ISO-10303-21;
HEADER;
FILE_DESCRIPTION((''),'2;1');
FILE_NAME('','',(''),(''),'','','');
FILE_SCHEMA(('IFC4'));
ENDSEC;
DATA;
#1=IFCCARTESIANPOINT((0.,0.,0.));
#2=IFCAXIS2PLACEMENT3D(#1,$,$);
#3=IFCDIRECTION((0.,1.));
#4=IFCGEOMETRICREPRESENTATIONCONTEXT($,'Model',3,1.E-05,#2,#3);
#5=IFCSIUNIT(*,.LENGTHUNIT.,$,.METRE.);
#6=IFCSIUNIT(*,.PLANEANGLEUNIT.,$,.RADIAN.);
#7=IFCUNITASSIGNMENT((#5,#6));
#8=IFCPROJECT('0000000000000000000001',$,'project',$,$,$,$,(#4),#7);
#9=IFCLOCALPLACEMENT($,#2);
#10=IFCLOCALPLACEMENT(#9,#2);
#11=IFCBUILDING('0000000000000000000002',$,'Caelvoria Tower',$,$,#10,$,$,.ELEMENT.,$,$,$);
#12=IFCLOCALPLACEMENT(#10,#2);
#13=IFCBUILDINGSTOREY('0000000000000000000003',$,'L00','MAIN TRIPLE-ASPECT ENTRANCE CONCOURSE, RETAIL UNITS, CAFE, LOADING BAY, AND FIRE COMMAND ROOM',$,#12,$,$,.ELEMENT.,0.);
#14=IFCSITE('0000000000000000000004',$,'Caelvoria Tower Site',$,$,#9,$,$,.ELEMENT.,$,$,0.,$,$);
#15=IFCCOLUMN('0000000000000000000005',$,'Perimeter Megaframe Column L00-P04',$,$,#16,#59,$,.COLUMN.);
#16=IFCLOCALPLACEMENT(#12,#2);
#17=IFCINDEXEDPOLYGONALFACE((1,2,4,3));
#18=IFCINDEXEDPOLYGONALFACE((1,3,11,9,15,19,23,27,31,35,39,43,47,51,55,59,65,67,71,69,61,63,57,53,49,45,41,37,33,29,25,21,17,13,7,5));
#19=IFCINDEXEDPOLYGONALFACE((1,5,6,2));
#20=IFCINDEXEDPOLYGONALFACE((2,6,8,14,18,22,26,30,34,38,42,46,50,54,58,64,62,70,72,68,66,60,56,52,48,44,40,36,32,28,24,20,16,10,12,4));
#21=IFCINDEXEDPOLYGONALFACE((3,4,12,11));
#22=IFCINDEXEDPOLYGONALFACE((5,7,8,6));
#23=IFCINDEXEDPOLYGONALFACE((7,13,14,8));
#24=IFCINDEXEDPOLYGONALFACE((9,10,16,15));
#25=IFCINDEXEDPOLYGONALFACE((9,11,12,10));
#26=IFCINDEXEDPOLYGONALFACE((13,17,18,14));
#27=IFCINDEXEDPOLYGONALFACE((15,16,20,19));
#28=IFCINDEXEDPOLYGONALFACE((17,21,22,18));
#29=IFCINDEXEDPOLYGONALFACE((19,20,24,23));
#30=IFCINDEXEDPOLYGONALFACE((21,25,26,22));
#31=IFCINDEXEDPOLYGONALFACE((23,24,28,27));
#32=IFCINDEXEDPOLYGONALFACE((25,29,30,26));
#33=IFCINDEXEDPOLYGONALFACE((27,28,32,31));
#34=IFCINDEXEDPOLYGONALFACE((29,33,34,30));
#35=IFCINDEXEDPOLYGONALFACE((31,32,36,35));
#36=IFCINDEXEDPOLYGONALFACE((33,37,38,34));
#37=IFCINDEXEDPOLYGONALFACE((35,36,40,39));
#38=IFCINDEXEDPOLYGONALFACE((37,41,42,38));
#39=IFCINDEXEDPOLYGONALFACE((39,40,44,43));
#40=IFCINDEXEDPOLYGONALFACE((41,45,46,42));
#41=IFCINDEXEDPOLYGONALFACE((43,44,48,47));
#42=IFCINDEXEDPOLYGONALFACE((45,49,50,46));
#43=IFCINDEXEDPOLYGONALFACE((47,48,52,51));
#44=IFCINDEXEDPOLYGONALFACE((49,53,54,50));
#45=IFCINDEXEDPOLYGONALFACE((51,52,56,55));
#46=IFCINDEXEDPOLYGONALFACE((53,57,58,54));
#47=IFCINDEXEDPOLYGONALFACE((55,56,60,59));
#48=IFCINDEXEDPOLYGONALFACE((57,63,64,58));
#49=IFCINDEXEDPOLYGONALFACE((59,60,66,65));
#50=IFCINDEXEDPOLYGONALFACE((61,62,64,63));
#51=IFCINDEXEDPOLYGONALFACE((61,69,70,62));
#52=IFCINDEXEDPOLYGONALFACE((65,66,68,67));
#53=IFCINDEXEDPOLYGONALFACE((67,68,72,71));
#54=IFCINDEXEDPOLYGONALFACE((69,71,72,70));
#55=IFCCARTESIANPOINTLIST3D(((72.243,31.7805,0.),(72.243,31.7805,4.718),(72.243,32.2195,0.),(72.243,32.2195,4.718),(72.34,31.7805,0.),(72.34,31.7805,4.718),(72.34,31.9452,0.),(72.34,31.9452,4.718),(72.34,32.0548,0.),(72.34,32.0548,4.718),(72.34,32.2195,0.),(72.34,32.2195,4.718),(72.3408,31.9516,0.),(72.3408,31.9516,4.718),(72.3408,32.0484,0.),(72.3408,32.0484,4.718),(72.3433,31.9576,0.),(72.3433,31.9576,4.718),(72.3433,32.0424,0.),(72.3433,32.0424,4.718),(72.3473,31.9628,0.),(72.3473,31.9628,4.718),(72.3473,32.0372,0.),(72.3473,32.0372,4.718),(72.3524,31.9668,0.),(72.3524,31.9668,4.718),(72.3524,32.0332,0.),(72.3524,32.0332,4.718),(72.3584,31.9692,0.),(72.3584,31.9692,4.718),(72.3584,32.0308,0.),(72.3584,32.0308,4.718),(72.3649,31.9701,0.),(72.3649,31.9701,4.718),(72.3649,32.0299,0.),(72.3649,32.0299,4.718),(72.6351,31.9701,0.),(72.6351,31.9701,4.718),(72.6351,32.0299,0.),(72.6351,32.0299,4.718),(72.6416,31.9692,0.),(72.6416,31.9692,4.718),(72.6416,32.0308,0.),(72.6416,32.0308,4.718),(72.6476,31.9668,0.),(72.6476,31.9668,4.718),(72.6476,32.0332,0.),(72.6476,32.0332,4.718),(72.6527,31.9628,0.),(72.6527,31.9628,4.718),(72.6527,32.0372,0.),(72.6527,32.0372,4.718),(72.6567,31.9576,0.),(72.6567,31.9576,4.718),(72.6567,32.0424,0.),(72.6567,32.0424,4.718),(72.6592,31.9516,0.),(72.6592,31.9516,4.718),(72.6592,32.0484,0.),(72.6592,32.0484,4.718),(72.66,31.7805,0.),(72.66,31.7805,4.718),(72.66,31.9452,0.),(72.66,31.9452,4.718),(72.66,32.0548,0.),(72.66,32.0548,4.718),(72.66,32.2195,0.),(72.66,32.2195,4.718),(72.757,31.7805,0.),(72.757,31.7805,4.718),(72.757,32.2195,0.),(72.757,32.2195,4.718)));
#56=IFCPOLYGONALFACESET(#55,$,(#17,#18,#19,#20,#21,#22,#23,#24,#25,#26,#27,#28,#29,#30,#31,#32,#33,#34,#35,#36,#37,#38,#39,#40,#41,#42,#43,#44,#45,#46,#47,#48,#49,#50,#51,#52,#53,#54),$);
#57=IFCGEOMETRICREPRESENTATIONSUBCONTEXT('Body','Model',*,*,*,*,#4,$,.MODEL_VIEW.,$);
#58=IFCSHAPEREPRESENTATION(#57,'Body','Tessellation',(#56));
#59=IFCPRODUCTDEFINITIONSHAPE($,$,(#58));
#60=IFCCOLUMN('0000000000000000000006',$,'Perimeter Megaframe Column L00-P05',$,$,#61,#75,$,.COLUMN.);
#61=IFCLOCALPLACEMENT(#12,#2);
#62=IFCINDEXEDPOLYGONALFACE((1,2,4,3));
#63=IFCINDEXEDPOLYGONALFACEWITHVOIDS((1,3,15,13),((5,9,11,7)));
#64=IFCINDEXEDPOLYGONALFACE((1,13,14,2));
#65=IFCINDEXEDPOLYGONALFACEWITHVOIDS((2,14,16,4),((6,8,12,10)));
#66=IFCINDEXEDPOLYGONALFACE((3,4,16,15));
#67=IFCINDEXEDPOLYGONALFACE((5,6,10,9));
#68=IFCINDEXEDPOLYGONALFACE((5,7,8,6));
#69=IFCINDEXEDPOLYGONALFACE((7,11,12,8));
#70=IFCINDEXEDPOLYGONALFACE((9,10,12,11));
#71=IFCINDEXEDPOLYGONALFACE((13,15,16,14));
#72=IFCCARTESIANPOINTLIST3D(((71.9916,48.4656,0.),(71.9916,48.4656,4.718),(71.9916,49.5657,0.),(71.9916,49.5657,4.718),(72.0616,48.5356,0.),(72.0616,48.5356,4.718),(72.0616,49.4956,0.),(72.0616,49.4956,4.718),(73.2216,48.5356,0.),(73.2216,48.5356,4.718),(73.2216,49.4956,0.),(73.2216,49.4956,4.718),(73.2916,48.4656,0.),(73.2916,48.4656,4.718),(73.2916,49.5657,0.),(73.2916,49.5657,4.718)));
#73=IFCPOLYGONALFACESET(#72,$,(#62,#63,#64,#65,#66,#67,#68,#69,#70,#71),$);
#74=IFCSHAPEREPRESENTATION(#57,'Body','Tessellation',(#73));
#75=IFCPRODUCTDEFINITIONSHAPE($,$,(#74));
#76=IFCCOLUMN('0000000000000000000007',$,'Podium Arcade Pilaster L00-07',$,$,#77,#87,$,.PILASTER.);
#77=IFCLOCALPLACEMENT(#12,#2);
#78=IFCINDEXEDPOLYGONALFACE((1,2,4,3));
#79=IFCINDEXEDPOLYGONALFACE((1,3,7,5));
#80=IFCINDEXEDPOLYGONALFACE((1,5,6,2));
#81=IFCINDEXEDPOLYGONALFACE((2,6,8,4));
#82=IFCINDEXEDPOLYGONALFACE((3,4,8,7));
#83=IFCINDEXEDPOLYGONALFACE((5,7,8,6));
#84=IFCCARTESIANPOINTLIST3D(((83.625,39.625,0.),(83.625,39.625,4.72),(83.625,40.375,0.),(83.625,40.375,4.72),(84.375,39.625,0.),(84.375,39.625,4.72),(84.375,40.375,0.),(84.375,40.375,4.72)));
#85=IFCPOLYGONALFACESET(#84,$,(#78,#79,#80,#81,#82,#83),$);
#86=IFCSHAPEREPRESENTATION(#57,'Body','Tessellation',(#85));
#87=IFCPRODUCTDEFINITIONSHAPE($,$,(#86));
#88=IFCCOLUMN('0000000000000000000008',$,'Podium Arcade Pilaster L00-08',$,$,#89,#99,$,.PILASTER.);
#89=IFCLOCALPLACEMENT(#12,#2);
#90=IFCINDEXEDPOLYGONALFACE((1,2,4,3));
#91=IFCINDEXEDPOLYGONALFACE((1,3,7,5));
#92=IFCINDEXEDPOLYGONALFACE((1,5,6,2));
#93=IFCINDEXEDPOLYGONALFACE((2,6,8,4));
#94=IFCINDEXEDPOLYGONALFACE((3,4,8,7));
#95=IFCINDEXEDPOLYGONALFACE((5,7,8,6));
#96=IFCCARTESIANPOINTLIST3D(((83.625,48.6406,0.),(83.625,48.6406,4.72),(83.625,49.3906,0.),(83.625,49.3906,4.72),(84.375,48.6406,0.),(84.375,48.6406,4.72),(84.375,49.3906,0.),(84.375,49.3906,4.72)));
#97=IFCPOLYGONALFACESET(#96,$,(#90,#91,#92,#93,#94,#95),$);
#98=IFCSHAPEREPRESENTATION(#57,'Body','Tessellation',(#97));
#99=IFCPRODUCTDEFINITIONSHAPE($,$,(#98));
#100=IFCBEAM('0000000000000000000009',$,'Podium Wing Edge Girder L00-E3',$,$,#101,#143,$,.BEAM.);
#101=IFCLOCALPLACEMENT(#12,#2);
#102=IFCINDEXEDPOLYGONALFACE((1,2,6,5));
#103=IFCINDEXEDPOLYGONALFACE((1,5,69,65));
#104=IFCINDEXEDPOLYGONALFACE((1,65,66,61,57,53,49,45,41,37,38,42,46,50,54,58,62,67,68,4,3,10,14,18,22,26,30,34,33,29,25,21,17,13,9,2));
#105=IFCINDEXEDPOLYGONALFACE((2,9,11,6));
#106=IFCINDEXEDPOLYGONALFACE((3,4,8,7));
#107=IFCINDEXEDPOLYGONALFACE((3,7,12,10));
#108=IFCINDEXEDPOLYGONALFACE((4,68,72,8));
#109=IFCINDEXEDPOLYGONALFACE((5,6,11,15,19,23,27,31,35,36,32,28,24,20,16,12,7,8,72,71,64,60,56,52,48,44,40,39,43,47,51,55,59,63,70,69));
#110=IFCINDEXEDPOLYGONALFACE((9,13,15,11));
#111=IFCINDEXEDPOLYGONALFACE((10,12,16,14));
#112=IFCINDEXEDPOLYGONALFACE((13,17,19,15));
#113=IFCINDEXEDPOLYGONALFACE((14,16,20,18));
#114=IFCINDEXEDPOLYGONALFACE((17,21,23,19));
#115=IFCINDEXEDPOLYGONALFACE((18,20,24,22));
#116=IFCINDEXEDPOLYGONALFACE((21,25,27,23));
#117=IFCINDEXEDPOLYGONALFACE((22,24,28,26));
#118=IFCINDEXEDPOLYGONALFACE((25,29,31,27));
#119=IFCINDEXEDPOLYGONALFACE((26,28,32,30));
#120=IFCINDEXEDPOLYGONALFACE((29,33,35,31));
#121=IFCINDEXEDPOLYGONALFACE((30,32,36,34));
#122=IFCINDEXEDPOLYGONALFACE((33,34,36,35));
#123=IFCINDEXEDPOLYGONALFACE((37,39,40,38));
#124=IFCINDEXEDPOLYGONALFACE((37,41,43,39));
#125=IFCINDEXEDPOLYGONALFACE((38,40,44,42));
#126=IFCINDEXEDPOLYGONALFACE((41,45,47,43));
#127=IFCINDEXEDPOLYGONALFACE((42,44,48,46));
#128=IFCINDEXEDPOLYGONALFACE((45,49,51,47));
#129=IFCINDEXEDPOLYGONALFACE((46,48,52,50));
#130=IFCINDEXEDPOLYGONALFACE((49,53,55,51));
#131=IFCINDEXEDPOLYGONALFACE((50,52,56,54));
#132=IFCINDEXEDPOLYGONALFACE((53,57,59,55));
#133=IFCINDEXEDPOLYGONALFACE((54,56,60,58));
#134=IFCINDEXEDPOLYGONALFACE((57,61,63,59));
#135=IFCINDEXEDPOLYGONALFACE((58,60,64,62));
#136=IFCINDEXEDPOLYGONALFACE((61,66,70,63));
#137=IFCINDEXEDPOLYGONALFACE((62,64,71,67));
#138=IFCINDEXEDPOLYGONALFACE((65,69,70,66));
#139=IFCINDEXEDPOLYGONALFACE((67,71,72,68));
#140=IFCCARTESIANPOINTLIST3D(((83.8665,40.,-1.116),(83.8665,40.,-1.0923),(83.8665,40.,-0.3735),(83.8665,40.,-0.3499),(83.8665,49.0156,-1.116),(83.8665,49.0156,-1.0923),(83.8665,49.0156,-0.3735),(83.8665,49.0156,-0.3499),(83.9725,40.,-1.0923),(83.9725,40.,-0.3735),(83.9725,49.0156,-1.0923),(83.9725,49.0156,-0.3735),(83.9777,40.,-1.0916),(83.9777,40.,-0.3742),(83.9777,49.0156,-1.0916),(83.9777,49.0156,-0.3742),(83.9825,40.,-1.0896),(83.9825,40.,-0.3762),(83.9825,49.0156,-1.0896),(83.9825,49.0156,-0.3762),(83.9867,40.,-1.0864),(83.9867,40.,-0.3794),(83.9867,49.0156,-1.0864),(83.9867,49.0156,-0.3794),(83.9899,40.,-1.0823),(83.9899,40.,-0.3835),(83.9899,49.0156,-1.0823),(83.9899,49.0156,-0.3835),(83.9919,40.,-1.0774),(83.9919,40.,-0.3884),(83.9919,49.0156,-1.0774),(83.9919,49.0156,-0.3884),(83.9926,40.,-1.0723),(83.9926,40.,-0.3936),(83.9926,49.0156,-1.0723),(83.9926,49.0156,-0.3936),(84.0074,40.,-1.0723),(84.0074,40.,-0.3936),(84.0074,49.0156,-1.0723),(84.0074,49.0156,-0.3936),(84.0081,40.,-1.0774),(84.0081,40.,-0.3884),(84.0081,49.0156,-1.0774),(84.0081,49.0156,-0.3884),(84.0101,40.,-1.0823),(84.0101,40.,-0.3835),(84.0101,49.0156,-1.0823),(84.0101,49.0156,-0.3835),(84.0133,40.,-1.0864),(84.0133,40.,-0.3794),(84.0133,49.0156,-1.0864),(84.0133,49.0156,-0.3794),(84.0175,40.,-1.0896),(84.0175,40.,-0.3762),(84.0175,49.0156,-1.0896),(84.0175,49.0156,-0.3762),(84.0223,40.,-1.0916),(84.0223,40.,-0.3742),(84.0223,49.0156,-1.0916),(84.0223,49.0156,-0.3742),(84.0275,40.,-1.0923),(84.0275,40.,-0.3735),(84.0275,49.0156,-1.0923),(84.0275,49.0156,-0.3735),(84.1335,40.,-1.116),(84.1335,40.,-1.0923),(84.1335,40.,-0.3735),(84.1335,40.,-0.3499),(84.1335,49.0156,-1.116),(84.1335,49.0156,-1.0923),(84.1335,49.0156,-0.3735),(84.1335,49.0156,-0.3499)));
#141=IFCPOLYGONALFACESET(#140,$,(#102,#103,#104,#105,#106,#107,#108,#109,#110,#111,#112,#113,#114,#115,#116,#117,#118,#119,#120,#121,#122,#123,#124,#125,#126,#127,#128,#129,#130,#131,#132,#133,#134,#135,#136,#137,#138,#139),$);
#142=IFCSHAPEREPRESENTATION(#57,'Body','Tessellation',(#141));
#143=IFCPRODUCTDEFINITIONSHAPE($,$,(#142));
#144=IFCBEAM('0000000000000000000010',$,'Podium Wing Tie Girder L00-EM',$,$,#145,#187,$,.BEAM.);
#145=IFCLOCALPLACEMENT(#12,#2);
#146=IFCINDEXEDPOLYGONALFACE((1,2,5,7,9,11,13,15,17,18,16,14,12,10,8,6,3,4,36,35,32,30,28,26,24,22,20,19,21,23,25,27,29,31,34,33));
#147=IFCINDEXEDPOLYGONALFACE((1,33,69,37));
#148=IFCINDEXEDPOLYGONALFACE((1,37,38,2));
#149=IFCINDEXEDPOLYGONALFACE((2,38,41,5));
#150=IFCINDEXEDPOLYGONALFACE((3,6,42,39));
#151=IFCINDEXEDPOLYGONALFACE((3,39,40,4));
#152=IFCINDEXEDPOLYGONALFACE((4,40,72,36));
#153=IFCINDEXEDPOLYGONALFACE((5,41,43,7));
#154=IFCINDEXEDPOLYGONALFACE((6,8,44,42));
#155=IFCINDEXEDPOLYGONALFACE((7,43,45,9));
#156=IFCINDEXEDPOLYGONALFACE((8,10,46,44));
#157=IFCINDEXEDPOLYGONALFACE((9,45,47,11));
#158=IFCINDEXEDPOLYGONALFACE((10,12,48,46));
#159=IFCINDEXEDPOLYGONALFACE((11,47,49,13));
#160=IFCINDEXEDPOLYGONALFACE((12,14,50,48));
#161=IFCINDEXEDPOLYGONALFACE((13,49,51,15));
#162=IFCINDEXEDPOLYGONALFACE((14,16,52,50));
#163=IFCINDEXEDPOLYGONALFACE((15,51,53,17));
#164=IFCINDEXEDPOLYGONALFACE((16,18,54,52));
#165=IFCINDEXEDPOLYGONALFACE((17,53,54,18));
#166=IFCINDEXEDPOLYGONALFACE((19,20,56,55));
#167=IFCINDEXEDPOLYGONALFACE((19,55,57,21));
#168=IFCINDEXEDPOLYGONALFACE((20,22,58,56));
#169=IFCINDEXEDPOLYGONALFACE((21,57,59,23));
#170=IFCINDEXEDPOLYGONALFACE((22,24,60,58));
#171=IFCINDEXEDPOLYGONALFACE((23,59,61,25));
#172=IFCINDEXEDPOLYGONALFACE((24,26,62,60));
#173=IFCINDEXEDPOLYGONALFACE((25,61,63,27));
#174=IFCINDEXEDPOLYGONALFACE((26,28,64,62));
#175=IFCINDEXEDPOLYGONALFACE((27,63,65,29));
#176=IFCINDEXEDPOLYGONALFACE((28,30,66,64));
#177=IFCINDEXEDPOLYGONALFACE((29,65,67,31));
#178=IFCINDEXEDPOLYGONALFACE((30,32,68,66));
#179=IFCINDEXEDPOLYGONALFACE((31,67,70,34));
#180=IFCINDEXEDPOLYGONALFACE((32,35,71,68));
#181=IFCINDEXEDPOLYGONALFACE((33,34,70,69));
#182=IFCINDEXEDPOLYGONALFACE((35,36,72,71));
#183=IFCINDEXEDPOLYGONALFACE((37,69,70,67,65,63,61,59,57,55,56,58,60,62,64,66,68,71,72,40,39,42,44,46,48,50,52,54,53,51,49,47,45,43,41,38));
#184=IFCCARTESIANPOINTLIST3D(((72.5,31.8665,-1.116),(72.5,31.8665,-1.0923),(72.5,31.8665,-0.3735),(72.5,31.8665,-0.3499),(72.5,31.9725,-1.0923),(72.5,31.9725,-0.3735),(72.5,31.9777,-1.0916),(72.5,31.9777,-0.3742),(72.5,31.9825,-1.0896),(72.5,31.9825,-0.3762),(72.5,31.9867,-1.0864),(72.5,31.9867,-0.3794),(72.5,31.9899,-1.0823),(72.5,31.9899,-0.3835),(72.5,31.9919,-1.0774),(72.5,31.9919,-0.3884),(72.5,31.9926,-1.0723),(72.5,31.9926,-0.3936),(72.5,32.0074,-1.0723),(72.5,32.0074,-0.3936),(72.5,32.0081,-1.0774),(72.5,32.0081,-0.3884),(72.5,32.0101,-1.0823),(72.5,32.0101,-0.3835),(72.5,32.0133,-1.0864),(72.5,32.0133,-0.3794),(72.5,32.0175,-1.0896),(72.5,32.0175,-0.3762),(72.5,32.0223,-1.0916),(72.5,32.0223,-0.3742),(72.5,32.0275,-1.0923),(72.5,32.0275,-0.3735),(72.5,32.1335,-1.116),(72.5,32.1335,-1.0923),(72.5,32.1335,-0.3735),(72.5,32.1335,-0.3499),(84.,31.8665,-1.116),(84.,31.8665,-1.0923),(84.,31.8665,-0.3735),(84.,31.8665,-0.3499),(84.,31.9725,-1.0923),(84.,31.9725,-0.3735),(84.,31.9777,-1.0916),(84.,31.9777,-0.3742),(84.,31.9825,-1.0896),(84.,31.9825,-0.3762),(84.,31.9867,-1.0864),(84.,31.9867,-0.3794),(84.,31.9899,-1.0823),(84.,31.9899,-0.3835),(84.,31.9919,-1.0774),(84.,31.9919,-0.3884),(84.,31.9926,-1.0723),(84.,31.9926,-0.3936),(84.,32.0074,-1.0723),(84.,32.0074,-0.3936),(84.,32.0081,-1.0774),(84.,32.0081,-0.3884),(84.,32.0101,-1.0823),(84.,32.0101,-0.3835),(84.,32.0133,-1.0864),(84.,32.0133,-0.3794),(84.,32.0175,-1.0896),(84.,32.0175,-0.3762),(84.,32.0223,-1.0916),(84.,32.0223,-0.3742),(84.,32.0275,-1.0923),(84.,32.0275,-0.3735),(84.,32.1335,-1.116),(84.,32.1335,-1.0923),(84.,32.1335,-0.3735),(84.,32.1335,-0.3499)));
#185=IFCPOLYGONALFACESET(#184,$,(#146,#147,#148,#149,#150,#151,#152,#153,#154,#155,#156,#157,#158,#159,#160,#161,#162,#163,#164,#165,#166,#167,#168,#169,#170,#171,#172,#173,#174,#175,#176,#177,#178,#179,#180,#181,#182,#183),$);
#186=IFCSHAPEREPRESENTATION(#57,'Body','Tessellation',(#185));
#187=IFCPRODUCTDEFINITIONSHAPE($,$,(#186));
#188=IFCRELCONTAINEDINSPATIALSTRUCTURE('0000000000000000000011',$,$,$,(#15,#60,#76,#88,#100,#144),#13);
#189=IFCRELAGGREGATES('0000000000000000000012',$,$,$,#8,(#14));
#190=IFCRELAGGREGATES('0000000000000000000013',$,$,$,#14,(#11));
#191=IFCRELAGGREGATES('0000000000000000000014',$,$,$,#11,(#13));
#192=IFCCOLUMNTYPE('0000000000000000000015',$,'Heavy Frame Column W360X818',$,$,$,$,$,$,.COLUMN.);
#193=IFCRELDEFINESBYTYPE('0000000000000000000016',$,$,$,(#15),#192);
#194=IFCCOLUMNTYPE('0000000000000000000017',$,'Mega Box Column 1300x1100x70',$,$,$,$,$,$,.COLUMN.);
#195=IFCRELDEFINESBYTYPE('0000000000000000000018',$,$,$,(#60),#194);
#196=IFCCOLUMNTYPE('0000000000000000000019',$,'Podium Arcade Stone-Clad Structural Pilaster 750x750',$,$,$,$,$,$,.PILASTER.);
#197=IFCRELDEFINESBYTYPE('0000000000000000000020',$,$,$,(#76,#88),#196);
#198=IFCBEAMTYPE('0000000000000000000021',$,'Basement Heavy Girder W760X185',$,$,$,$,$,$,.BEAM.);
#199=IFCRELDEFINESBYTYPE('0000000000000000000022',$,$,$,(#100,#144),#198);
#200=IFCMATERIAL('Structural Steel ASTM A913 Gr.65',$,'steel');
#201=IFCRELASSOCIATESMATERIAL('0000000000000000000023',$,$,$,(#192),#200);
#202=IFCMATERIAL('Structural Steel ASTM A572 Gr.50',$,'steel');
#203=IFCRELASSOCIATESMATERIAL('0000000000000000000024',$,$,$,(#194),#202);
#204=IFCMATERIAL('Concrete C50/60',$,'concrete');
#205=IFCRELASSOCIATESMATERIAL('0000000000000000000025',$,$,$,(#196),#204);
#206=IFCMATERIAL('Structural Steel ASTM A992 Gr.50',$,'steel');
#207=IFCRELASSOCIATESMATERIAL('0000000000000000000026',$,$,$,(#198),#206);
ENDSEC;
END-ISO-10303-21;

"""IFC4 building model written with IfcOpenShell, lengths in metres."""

from ifc_helpers import new_model, si_unit, direction, frame, origin, origin_2d, place, context, subcontext, project, spatial, rectangle, hollow_rectangle, i_section, extrude, material, material_profile, profile_set, type_object, element, save


model = new_model("IFC4")

# Units and contexts
model_context = context("Model", 3, precision=1e-05, world=origin(), true_north=direction((0.0, 1.0)))
body_context = subcontext(model_context, "Body", "Model", "MODEL_VIEW")
ifc_project = project(units=[si_unit("LENGTHUNIT", "METRE"), si_unit("PLANEANGLEUNIT", "RADIAN")], contexts=[model_context])

# Site, building, storey
site_placement = place(None, origin())
site = spatial("IfcSite", under=ifc_project, at=site_placement, Name="Caelvoria Tower Site", CompositionType="ELEMENT", RefElevation=0.0)
building_placement = place(site_placement, origin())
building = spatial("IfcBuilding", under=site, at=building_placement, Name="Caelvoria Tower", CompositionType="ELEMENT")
storey_placement = place(building_placement, origin())
storey = spatial("IfcBuildingStorey", under=building, at=storey_placement, Name="L00", Description="MAIN TRIPLE-ASPECT ENTRANCE CONCOURSE, RETAIL UNITS, CAFE, LOADING BAY, AND FIRE COMMAND ROOM", CompositionType="ELEMENT", Elevation=0.0)

# Columns
ifc_material_1 = material(Name="Structural Steel ASTM A913 Gr.65", Category="steel")
ifc_material_profile_1 = material_profile(ifc_material_1, i_section(OverallWidth=0.439, OverallDepth=0.5139, WebThickness=0.0598, FlangeThickness=0.0969, FilletRadius=0.0249, at=origin_2d()), Name="Structural Steel ASTM A913 Gr.65")
ifc_profile_set_1 = profile_set([ifc_material_profile_1], Name="W360X818 - Structural Steel ASTM A913 Gr.65")
column_type_1 = type_object("IfcColumnType", Name="Heavy Frame Column W360X818", PredefinedType="COLUMN", material=ifc_profile_set_1)
column_1_placement = place(storey_placement, frame((72.5, 32.0, 0.0), z_axis=(0.0, 0.0, 1.0), x_axis=(0.0, 1.0, 0.0)))
element("IfcColumn", 1, at=column_1_placement, inside=storey, type_object=column_type_1, Name="Perimeter Megaframe Column L00-P04", PredefinedType="COLUMN", context=body_context, shape_type="SweptSolid", body=[
    extrude(i_section(OverallWidth=0.439, OverallDepth=0.5139, WebThickness=0.0598, FlangeThickness=0.0969, FilletRadius=0.0249, at=origin_2d()), origin(), (0.0, 0.0, 1.0), 4.718),
])
ifc_material_2 = material(Name="Structural Steel ASTM A572 Gr.50", Category="steel")
ifc_material_profile_2 = material_profile(ifc_material_2, hollow_rectangle(XDim=1.1001, YDim=1.3, WallThickness=0.0701, at=origin_2d()), Name="Structural Steel ASTM A572 Gr.50")
ifc_profile_set_2 = profile_set([ifc_material_profile_2], Name="BOX1300X1100X70 - Structural Steel ASTM A572 Gr.50")
column_type_2 = type_object("IfcColumnType", Name="Mega Box Column 1300x1100x70", PredefinedType="COLUMN", material=ifc_profile_set_2)
column_2_placement = place(storey_placement, frame((72.6416, 49.0156, 0.0), z_axis=(0.0, 0.0, 1.0), x_axis=(0.0, 1.0, 0.0)))
element("IfcColumn", 2, at=column_2_placement, inside=storey, type_object=column_type_2, Name="Perimeter Megaframe Column L00-P05", PredefinedType="COLUMN", context=body_context, shape_type="SweptSolid", body=[
    extrude(hollow_rectangle(XDim=1.1001, YDim=1.3, WallThickness=0.0701, at=origin_2d()), origin(), (0.0, 0.0, 1.0), 4.718),
])
ifc_material_3 = material(Name="Concrete C50/60", Category="concrete")
ifc_material_profile_3 = material_profile(ifc_material_3, rectangle(XDim=0.75, YDim=0.75, at=origin_2d()), Name="Concrete C50/60")
ifc_profile_set_3 = profile_set([ifc_material_profile_3], Name="RC_COL_750X750 - Concrete C50/60")
column_type_3 = type_object("IfcColumnType", Name="Podium Arcade Stone-Clad Structural Pilaster 750x750", PredefinedType="PILASTER", material=ifc_profile_set_3)
for number, where, z_axis, x_axis, name in (
    (3, (84.0, 40.0, 0.0), (0.0, 0.0, 1.0), (1.0, 0.0, 0.0), "Podium Arcade Pilaster L00-07"),
    (4, (84.0, 49.0156, 0.0), (0.0, 0.0, 1.0), (1.0, 0.0, 0.0), "Podium Arcade Pilaster L00-08"),
):
    element("IfcColumn", number, at=place(storey_placement, frame(where, z_axis=z_axis, x_axis=x_axis)), inside=storey, type_object=column_type_3, Name=name, PredefinedType="PILASTER", context=body_context, shape_type="SweptSolid", body=[
        extrude(rectangle(XDim=0.75, YDim=0.75, at=origin_2d()), origin(), (0.0, 0.0, 1.0), 4.72),
    ])

# Beams
ifc_material_4 = material(Name="Structural Steel ASTM A992 Gr.50", Category="steel")
ifc_material_profile_4 = material_profile(ifc_material_4, i_section(OverallWidth=0.2671, OverallDepth=0.7661, WebThickness=0.0149, FlangeThickness=0.0237, FilletRadius=0.02, at=origin_2d()), Name="Structural Steel ASTM A992 Gr.50")
ifc_profile_set_4 = profile_set([ifc_material_profile_4], Name="W760X185 - Structural Steel ASTM A992 Gr.50")
beam_type_1 = type_object("IfcBeamType", Name="Basement Heavy Girder W760X185", PredefinedType="BEAM", material=ifc_profile_set_4)
beam_1_placement = place(storey_placement, frame((84.0, 40.0, -0.7329), z_axis=(0.0, 1.0, 0.0), x_axis=(-1.0, 0.0, 0.0)))
element("IfcBeam", 5, at=beam_1_placement, inside=storey, type_object=beam_type_1, Name="Podium Wing Edge Girder L00-E3", PredefinedType="BEAM", context=body_context, shape_type="SweptSolid", body=[
    extrude(i_section(OverallWidth=0.2671, OverallDepth=0.7661, WebThickness=0.0149, FlangeThickness=0.0237, FilletRadius=0.02, at=origin_2d()), origin(), (0.0, 0.0, 1.0), 9.0156),
])
beam_2_placement = place(storey_placement, frame((84.0, 32.0, -0.7329), z_axis=(-1.0, 0.0, 0.0), x_axis=(0.0, -1.0, 0.0)))
element("IfcBeam", 6, at=beam_2_placement, inside=storey, type_object=beam_type_1, Name="Podium Wing Tie Girder L00-EM", PredefinedType="BEAM", context=body_context, shape_type="SweptSolid", body=[
    extrude(i_section(OverallWidth=0.2671, OverallDepth=0.7661, WebThickness=0.0149, FlangeThickness=0.0237, FilletRadius=0.02, at=origin_2d()), origin(), (0.0, 0.0, 1.0), 11.5),
])

save(model, "model.ifc")
